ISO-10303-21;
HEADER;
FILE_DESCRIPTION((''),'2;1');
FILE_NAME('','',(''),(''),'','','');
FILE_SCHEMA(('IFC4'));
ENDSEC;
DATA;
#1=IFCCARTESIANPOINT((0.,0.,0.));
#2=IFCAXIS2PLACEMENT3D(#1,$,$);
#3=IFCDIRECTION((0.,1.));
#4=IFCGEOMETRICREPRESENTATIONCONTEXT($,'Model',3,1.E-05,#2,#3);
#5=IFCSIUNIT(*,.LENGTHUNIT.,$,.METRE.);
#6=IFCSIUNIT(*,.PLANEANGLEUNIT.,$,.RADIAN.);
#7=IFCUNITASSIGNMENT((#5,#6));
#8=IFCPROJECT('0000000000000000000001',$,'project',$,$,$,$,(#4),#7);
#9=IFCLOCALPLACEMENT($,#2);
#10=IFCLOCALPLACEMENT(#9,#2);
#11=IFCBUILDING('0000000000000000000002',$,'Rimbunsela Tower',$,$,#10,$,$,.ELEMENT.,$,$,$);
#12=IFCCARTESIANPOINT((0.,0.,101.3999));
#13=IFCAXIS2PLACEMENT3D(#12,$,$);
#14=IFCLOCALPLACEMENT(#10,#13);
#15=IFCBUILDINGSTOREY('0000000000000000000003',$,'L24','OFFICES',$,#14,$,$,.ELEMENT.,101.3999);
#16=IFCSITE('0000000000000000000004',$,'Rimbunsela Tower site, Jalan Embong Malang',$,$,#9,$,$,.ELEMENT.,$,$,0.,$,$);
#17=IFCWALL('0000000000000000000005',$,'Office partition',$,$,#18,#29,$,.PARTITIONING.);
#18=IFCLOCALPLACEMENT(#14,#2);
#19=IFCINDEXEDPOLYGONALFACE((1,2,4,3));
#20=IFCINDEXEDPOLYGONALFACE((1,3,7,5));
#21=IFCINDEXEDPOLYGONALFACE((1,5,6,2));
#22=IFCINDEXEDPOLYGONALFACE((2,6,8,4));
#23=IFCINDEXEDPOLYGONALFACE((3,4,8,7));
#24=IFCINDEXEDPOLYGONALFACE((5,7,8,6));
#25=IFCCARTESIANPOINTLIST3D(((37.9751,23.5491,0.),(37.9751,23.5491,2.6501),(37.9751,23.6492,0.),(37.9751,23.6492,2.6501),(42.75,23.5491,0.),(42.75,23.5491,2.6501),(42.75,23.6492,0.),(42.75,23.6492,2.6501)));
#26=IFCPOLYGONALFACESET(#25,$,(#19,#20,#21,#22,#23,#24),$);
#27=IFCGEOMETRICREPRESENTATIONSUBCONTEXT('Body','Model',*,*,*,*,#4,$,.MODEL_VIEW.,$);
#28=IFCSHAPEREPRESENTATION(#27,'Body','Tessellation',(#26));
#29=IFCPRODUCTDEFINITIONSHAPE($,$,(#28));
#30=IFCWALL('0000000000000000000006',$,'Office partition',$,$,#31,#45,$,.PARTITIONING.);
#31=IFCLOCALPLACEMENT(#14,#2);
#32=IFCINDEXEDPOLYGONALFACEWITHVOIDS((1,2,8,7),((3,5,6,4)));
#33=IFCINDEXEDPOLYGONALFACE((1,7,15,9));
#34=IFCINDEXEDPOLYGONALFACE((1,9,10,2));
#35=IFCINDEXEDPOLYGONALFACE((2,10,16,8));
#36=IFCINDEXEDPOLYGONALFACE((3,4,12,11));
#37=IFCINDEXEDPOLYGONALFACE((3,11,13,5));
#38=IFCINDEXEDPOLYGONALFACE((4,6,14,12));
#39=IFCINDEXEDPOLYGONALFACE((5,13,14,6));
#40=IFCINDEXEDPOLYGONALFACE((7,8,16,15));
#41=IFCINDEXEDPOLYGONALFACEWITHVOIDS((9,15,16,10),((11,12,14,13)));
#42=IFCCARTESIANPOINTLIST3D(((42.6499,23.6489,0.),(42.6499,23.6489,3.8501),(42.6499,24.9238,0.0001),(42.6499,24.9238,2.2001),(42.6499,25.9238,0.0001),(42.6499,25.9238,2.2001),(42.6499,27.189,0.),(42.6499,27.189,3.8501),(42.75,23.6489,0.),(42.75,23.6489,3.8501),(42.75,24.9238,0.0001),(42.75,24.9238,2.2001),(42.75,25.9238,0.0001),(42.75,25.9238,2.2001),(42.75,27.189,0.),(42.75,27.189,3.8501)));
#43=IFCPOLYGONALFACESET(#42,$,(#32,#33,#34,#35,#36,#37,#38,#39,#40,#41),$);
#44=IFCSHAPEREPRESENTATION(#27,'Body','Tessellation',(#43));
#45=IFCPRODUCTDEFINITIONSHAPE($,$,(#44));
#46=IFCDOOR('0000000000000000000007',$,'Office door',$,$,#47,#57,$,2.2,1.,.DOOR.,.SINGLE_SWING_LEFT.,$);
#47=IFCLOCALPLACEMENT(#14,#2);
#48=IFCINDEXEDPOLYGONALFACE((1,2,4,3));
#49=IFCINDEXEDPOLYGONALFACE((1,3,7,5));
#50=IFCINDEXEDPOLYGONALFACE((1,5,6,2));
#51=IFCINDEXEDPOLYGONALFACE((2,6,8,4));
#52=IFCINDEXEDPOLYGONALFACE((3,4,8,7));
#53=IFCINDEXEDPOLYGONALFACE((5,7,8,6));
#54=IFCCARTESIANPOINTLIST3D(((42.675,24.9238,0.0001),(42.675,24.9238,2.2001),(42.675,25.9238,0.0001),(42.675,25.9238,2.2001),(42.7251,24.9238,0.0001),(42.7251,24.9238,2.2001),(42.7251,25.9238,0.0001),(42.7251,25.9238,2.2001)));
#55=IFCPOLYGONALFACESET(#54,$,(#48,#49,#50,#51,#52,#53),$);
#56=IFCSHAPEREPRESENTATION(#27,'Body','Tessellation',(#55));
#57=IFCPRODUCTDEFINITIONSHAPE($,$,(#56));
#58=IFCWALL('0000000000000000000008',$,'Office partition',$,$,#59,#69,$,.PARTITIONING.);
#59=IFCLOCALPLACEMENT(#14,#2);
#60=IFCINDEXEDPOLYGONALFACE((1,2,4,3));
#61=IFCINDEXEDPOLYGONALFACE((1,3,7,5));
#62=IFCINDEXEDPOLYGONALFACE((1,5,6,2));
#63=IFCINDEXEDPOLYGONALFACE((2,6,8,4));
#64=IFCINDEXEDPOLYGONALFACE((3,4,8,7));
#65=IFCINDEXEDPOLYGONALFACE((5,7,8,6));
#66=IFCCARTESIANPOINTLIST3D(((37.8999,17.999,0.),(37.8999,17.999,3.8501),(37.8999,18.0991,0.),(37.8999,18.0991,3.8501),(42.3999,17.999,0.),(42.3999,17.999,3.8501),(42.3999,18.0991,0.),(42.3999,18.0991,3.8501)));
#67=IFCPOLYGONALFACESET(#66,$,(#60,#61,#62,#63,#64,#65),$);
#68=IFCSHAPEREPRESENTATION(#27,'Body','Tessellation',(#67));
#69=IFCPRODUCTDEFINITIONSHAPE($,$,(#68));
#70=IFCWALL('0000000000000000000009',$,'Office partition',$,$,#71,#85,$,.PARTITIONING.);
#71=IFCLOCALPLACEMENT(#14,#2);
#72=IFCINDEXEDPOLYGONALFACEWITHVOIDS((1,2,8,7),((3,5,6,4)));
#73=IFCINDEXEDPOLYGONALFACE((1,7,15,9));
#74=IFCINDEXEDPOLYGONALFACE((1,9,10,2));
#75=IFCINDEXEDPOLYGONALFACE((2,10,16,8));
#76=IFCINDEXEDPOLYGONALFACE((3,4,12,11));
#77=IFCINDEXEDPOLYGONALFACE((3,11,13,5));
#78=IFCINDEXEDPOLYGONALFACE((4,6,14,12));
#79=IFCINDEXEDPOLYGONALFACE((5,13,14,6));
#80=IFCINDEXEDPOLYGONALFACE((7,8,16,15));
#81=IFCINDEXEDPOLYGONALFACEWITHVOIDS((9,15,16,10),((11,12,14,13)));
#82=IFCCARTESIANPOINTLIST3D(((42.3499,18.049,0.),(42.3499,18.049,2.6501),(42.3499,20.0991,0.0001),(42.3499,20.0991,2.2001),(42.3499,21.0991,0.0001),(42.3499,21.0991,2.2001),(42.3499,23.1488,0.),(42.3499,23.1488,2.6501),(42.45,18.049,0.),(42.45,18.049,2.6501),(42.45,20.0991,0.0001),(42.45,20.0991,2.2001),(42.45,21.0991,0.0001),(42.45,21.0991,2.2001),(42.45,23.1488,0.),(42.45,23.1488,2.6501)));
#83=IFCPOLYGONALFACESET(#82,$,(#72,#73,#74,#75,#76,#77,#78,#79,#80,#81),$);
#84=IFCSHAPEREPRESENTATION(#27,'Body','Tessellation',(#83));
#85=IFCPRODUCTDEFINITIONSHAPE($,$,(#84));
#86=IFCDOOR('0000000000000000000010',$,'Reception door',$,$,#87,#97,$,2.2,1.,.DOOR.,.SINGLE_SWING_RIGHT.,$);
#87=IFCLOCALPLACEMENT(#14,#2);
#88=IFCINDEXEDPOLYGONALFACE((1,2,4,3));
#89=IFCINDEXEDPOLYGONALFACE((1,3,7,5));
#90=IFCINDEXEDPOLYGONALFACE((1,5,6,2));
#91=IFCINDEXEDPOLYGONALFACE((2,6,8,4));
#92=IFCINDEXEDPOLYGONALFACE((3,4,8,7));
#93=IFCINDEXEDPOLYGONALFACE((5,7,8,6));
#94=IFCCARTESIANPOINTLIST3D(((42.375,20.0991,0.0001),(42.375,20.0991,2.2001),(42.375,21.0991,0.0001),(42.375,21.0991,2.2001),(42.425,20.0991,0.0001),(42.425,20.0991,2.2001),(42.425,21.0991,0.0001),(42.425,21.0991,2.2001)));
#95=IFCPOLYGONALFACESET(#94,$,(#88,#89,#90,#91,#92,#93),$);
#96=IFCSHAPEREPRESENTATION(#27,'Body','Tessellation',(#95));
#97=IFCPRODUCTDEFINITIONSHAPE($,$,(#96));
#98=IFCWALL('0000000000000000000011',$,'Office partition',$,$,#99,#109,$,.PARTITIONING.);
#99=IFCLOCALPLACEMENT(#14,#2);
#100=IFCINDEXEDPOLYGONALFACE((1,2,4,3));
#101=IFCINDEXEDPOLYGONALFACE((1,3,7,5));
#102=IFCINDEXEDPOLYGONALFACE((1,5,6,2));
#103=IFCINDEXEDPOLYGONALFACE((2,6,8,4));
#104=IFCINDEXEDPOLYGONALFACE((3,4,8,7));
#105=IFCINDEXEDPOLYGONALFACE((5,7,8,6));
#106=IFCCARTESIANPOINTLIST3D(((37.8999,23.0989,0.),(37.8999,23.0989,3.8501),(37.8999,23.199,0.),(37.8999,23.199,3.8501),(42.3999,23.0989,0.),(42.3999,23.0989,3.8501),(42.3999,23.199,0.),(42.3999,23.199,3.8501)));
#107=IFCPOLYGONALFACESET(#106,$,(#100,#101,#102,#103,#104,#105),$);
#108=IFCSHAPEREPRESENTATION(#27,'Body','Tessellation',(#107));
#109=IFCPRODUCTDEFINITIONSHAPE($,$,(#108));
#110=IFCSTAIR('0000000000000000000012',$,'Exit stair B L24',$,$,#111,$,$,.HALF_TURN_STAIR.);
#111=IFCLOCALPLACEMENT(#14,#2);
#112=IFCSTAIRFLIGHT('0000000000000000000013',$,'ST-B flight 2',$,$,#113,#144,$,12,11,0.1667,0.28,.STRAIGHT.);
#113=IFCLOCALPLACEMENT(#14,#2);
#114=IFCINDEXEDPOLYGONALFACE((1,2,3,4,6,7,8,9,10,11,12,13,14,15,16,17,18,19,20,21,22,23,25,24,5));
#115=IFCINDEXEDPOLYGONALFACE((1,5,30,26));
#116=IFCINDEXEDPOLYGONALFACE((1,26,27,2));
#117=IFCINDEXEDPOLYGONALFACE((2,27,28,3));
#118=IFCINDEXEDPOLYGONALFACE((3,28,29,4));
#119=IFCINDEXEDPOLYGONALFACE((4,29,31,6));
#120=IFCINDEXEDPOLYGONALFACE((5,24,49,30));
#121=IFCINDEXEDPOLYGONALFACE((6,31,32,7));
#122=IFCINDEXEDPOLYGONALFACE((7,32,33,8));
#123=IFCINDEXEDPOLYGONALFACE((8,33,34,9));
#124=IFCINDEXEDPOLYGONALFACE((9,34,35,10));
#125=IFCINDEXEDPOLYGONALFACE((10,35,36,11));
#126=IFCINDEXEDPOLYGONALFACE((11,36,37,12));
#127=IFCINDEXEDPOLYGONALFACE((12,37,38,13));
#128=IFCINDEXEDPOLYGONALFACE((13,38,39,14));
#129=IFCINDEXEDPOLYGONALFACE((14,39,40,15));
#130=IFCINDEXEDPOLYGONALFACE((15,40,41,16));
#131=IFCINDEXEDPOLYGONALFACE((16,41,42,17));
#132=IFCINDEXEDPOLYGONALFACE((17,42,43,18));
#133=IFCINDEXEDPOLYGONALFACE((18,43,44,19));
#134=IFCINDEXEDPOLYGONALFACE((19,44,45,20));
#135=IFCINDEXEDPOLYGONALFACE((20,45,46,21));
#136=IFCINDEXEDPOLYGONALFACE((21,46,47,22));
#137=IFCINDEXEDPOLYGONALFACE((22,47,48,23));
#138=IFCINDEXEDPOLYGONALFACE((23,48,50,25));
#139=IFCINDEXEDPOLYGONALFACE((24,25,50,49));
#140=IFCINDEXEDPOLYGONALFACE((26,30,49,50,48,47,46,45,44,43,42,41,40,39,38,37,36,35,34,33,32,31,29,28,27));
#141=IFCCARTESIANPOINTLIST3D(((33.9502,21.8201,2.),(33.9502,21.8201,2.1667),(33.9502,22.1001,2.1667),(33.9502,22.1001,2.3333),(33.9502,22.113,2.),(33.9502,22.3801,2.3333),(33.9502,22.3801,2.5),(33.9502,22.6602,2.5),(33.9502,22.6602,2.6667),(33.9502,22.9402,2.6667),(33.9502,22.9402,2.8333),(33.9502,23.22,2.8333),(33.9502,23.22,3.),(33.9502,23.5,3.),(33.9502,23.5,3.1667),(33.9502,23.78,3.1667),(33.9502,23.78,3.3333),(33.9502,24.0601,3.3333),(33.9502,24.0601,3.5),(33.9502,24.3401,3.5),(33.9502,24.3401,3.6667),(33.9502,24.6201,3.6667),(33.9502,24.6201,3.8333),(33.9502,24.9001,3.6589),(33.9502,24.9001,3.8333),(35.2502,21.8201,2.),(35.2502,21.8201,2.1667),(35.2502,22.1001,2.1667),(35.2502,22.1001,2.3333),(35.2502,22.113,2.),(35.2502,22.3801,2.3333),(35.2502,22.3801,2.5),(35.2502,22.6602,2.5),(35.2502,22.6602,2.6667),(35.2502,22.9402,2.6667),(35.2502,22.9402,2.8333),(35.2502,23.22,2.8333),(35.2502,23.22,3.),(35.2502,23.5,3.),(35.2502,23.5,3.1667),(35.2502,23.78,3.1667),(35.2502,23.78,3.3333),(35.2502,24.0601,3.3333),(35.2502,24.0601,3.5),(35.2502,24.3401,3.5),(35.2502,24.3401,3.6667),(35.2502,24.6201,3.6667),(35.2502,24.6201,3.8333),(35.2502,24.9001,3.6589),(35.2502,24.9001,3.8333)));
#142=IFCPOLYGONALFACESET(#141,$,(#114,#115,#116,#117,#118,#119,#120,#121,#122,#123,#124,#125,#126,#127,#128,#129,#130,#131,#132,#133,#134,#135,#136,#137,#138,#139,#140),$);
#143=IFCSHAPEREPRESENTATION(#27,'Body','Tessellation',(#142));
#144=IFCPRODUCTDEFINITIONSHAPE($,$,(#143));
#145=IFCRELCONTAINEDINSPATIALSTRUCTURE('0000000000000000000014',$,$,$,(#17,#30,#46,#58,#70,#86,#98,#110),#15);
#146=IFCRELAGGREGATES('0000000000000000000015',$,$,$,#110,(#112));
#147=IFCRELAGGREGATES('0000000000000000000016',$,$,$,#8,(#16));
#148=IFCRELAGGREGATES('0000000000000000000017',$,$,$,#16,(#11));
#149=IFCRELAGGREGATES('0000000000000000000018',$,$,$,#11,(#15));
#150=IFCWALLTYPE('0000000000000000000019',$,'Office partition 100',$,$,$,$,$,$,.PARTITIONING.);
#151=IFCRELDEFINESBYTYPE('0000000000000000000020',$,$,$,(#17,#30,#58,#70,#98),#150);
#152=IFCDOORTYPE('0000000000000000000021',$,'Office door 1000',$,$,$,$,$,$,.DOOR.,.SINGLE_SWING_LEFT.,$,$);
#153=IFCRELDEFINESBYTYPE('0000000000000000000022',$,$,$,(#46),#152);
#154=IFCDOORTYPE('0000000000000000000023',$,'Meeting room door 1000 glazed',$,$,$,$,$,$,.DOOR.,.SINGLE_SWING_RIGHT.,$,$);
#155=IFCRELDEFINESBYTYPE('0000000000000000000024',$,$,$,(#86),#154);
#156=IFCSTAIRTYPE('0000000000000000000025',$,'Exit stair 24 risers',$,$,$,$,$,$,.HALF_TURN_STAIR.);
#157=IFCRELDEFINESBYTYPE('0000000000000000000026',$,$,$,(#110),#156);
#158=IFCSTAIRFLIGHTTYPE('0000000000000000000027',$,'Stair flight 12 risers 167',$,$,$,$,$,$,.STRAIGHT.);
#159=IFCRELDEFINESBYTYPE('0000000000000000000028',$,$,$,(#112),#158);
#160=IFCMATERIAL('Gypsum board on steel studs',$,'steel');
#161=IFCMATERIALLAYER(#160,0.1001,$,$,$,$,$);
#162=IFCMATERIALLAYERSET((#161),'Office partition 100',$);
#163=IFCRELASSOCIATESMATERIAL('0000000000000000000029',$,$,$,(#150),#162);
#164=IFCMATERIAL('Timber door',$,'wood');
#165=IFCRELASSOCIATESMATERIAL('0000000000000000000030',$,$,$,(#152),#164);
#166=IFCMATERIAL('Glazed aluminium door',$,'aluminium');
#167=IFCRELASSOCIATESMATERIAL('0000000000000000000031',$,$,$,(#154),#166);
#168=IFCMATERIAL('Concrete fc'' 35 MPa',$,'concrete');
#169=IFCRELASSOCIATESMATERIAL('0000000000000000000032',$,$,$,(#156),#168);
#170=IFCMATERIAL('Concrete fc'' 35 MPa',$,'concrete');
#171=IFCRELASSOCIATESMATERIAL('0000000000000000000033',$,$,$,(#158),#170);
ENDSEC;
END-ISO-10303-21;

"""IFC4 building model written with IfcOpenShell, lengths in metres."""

from ifc_helpers import new_model, si_unit, direction, frame, frame_2d, origin, place, context, subcontext, project, spatial, polyline, rectangle, outline, extrude, material, layer, layer_set, type_object, element, fill, aggregate, save


model = new_model("IFC4")

# Units and contexts
model_context = context("Model", 3, precision=1e-05, world=origin(), true_north=direction((0.0, 1.0)))
body_context = subcontext(model_context, "Body", "Model", "MODEL_VIEW")
ifc_project = project(units=[si_unit("LENGTHUNIT", "METRE"), si_unit("PLANEANGLEUNIT", "RADIAN")], contexts=[model_context])

# Site, building, storey
site_placement = place(None, origin())
site = spatial("IfcSite", under=ifc_project, at=site_placement, Name="Rimbunsela Tower site, Jalan Embong Malang", CompositionType="ELEMENT", RefElevation=0.0)
building_placement = place(site_placement, origin())
building = spatial("IfcBuilding", under=site, at=building_placement, Name="Rimbunsela Tower", CompositionType="ELEMENT")
storey_placement = place(building_placement, frame((0.0, 0.0, 101.3999)))
storey = spatial("IfcBuildingStorey", under=building, at=storey_placement, Name="L24", Description="OFFICES", CompositionType="ELEMENT", Elevation=101.3999)

# Wall
ifc_material_1 = material(Name="Gypsum board on steel studs", Category="steel")
ifc_layer_1 = layer(ifc_material_1, 0.1001)
ifc_layer_set_1 = layer_set([ifc_layer_1], Name="Office partition 100")
wall_type_1 = type_object("IfcWallType", Name="Office partition 100", PredefinedType="PARTITIONING", material=ifc_layer_set_1)
wall_1_placement = place(storey_placement, frame((37.9751, 23.5991, 0.0), z_axis=(0.0, 0.0, 1.0), x_axis=(1.0, 0.0, 0.0)))
element("IfcWall", 1, at=wall_1_placement, inside=storey, type_object=wall_type_1, Name="Office partition", PredefinedType="PARTITIONING", context=body_context, shape_type="SweptSolid", body=[
    extrude(rectangle(XDim=4.7749, YDim=0.1001, at=frame_2d((2.3875, 0.0))), origin(), (0.0, 0.0, 1.0), 2.6501),
])

# Wall, opening, door
wall_2_placement = place(storey_placement, frame((42.7, 23.6489, 0.0), z_axis=(0.0, 0.0, 1.0), x_axis=(0.0, 1.0, 0.0)))
wall_2 = element("IfcWall", 2, at=wall_2_placement, inside=storey, type_object=wall_type_1, Name="Office partition", PredefinedType="PARTITIONING", context=body_context, shape_type="SweptSolid", body=[
    extrude(rectangle(XDim=3.54, YDim=0.1001, at=frame_2d((1.77, 0.0))), origin(), (0.0, 0.0, 1.0), 3.8501),
])
opening_1_placement = place(wall_2_placement, frame((1.2749, 0.0, 0.0)))
opening_1 = element("IfcOpeningElement", 3, at=opening_1_placement, cuts=wall_2, PredefinedType="OPENING", context=body_context, shape_type="SweptSolid", body=[
    extrude(rectangle(XDim=1.0, YDim=2.2, at=frame_2d((0.5, 1.1001))), frame((0.0, 0.0601, 0.0), z_axis=(0.0, -1.0, 0.0), x_axis=(1.0, 0.0, 0.0)), (0.0, 0.0, 1.0), 0.1201),
])
ifc_material_2 = material(Name="Timber door", Category="wood")
door_type_1 = type_object("IfcDoorType", Name="Office door 1000", OperationType="SINGLE_SWING_LEFT", PredefinedType="DOOR", material=ifc_material_2)
door_1_placement = place(opening_1_placement, origin())
door_1 = element("IfcDoor", 4, at=door_1_placement, inside=storey, type_object=door_type_1, Name="Office door", OperationType="SINGLE_SWING_LEFT", OverallHeight=2.2, OverallWidth=1.0, PredefinedType="DOOR", context=body_context, shape_type="SweptSolid", body=[
    extrude(rectangle(XDim=1.0, YDim=2.2, at=frame_2d((0.5, 1.1001))), frame((0.0, 0.0249, 0.0), z_axis=(0.0, -1.0, 0.0), x_axis=(1.0, 0.0, 0.0)), (0.0, 0.0, 1.0), 0.05),
])
fill(opening_1, door_1)

# Wall
wall_3_placement = place(storey_placement, frame((37.8999, 18.0491, 0.0), z_axis=(0.0, 0.0, 1.0), x_axis=(1.0, 0.0, 0.0)))
element("IfcWall", 5, at=wall_3_placement, inside=storey, type_object=wall_type_1, Name="Office partition", PredefinedType="PARTITIONING", context=body_context, shape_type="SweptSolid", body=[
    extrude(rectangle(XDim=4.5, YDim=0.1001, at=frame_2d((2.25, 0.0))), origin(), (0.0, 0.0, 1.0), 3.8501),
])

# Wall, opening, door
wall_4_placement = place(storey_placement, frame((42.3999, 18.0491, 0.0), z_axis=(0.0, 0.0, 1.0), x_axis=(0.0, 1.0, 0.0)))
wall_4 = element("IfcWall", 6, at=wall_4_placement, inside=storey, type_object=wall_type_1, Name="Office partition", PredefinedType="PARTITIONING", context=body_context, shape_type="SweptSolid", body=[
    extrude(rectangle(XDim=5.0999, YDim=0.1001, at=frame_2d((2.5498, 0.0))), origin(), (0.0, 0.0, 1.0), 2.6501),
])
opening_2_placement = place(wall_4_placement, frame((2.05, 0.0, 0.0)))
opening_2 = element("IfcOpeningElement", 7, at=opening_2_placement, cuts=wall_4, PredefinedType="OPENING", context=body_context, shape_type="SweptSolid", body=[
    extrude(rectangle(XDim=1.0, YDim=2.2, at=frame_2d((0.5, 1.1001))), frame((0.0, 0.0601, 0.0), z_axis=(0.0, -1.0, 0.0), x_axis=(1.0, 0.0, 0.0)), (0.0, 0.0, 1.0), 0.1201),
])
ifc_material_3 = material(Name="Glazed aluminium door", Category="aluminium")
door_type_2 = type_object("IfcDoorType", Name="Meeting room door 1000 glazed", OperationType="SINGLE_SWING_RIGHT", PredefinedType="DOOR", material=ifc_material_3)
door_2_placement = place(opening_2_placement, origin())
door_2 = element("IfcDoor", 8, at=door_2_placement, inside=storey, type_object=door_type_2, Name="Reception door", OperationType="SINGLE_SWING_RIGHT", OverallHeight=2.2, OverallWidth=1.0, PredefinedType="DOOR", context=body_context, shape_type="SweptSolid", body=[
    extrude(rectangle(XDim=1.0, YDim=2.2, at=frame_2d((0.5, 1.1001))), frame((0.0, 0.0249, 0.0), z_axis=(0.0, -1.0, 0.0), x_axis=(1.0, 0.0, 0.0)), (0.0, 0.0, 1.0), 0.05),
])
fill(opening_2, door_2)

# Wall
wall_5_placement = place(storey_placement, frame((42.3999, 23.1489, 0.0), z_axis=(0.0, 0.0, 1.0), x_axis=(-1.0, 0.0, 0.0)))
element("IfcWall", 9, at=wall_5_placement, inside=storey, type_object=wall_type_1, Name="Office partition", PredefinedType="PARTITIONING", context=body_context, shape_type="SweptSolid", body=[
    extrude(rectangle(XDim=4.5, YDim=0.1001, at=frame_2d((2.25, 0.0))), origin(), (0.0, 0.0, 1.0), 3.8501),
])

# Stair, stair flight
ifc_material_4 = material(Name="Concrete fc' 35 MPa", Category="concrete")
stair_type = type_object("IfcStairType", Name="Exit stair 24 risers", PredefinedType="HALF_TURN_STAIR", material=ifc_material_4)
stair_placement = place(storey_placement, origin())
stair = element("IfcStair", 10, at=stair_placement, inside=storey, type_object=stair_type, Name="Exit stair B L24", PredefinedType="HALF_TURN_STAIR")
ifc_material_5 = material(Name="Concrete fc' 35 MPa", Category="concrete")
stair_flight_type = type_object("IfcStairFlightType", Name="Stair flight 12 risers 167", PredefinedType="STRAIGHT", material=ifc_material_5)
stair_flight_placement = place(storey_placement, frame((34.6001, 21.8201, 2.0), z_axis=(0.0, 0.0, 1.0), x_axis=(0.0, 1.0, 0.0)))
stair_flight = element("IfcStairFlight", 11, at=stair_flight_placement, type_object=stair_flight_type, Name="ST-B flight 2", NumberOfRisers=12, NumberOfTreads=11, PredefinedType="STRAIGHT", RiserHeight=0.1667, TreadLength=0.28, context=body_context, shape_type="SweptSolid", body=[
    extrude(outline(polyline([(0.0, 0.0), (0.0, 0.1667), (0.28, 0.1667), (0.28, 0.3333), (0.5601, 0.3333), (0.5601, 0.5), (0.8401, 0.5), (0.8401, 0.6667), (1.1201, 0.6667), (1.1201, 0.8333), (1.3999, 0.8333), (1.3999, 1.0), (1.6799, 1.0), (1.6799, 1.1667), (1.96, 1.1667), (1.96, 1.3333), (2.24, 1.3333), (2.24, 1.5), (2.52, 1.5), (2.52, 1.6667), (2.8, 1.6667), (2.8, 1.8333), (3.0801, 1.8333), (3.0801, 2.0), (3.0801, 1.6589), (0.293, 0.0), (0.0, 0.0)])), frame((0.0, 0.6499, 0.0), z_axis=(0.0, -1.0, 0.0), x_axis=(1.0, 0.0, 0.0)), (0.0, 0.0, 1.0), 1.3),
])
aggregate(stair, [stair_flight])

save(model, "model.ifc")
